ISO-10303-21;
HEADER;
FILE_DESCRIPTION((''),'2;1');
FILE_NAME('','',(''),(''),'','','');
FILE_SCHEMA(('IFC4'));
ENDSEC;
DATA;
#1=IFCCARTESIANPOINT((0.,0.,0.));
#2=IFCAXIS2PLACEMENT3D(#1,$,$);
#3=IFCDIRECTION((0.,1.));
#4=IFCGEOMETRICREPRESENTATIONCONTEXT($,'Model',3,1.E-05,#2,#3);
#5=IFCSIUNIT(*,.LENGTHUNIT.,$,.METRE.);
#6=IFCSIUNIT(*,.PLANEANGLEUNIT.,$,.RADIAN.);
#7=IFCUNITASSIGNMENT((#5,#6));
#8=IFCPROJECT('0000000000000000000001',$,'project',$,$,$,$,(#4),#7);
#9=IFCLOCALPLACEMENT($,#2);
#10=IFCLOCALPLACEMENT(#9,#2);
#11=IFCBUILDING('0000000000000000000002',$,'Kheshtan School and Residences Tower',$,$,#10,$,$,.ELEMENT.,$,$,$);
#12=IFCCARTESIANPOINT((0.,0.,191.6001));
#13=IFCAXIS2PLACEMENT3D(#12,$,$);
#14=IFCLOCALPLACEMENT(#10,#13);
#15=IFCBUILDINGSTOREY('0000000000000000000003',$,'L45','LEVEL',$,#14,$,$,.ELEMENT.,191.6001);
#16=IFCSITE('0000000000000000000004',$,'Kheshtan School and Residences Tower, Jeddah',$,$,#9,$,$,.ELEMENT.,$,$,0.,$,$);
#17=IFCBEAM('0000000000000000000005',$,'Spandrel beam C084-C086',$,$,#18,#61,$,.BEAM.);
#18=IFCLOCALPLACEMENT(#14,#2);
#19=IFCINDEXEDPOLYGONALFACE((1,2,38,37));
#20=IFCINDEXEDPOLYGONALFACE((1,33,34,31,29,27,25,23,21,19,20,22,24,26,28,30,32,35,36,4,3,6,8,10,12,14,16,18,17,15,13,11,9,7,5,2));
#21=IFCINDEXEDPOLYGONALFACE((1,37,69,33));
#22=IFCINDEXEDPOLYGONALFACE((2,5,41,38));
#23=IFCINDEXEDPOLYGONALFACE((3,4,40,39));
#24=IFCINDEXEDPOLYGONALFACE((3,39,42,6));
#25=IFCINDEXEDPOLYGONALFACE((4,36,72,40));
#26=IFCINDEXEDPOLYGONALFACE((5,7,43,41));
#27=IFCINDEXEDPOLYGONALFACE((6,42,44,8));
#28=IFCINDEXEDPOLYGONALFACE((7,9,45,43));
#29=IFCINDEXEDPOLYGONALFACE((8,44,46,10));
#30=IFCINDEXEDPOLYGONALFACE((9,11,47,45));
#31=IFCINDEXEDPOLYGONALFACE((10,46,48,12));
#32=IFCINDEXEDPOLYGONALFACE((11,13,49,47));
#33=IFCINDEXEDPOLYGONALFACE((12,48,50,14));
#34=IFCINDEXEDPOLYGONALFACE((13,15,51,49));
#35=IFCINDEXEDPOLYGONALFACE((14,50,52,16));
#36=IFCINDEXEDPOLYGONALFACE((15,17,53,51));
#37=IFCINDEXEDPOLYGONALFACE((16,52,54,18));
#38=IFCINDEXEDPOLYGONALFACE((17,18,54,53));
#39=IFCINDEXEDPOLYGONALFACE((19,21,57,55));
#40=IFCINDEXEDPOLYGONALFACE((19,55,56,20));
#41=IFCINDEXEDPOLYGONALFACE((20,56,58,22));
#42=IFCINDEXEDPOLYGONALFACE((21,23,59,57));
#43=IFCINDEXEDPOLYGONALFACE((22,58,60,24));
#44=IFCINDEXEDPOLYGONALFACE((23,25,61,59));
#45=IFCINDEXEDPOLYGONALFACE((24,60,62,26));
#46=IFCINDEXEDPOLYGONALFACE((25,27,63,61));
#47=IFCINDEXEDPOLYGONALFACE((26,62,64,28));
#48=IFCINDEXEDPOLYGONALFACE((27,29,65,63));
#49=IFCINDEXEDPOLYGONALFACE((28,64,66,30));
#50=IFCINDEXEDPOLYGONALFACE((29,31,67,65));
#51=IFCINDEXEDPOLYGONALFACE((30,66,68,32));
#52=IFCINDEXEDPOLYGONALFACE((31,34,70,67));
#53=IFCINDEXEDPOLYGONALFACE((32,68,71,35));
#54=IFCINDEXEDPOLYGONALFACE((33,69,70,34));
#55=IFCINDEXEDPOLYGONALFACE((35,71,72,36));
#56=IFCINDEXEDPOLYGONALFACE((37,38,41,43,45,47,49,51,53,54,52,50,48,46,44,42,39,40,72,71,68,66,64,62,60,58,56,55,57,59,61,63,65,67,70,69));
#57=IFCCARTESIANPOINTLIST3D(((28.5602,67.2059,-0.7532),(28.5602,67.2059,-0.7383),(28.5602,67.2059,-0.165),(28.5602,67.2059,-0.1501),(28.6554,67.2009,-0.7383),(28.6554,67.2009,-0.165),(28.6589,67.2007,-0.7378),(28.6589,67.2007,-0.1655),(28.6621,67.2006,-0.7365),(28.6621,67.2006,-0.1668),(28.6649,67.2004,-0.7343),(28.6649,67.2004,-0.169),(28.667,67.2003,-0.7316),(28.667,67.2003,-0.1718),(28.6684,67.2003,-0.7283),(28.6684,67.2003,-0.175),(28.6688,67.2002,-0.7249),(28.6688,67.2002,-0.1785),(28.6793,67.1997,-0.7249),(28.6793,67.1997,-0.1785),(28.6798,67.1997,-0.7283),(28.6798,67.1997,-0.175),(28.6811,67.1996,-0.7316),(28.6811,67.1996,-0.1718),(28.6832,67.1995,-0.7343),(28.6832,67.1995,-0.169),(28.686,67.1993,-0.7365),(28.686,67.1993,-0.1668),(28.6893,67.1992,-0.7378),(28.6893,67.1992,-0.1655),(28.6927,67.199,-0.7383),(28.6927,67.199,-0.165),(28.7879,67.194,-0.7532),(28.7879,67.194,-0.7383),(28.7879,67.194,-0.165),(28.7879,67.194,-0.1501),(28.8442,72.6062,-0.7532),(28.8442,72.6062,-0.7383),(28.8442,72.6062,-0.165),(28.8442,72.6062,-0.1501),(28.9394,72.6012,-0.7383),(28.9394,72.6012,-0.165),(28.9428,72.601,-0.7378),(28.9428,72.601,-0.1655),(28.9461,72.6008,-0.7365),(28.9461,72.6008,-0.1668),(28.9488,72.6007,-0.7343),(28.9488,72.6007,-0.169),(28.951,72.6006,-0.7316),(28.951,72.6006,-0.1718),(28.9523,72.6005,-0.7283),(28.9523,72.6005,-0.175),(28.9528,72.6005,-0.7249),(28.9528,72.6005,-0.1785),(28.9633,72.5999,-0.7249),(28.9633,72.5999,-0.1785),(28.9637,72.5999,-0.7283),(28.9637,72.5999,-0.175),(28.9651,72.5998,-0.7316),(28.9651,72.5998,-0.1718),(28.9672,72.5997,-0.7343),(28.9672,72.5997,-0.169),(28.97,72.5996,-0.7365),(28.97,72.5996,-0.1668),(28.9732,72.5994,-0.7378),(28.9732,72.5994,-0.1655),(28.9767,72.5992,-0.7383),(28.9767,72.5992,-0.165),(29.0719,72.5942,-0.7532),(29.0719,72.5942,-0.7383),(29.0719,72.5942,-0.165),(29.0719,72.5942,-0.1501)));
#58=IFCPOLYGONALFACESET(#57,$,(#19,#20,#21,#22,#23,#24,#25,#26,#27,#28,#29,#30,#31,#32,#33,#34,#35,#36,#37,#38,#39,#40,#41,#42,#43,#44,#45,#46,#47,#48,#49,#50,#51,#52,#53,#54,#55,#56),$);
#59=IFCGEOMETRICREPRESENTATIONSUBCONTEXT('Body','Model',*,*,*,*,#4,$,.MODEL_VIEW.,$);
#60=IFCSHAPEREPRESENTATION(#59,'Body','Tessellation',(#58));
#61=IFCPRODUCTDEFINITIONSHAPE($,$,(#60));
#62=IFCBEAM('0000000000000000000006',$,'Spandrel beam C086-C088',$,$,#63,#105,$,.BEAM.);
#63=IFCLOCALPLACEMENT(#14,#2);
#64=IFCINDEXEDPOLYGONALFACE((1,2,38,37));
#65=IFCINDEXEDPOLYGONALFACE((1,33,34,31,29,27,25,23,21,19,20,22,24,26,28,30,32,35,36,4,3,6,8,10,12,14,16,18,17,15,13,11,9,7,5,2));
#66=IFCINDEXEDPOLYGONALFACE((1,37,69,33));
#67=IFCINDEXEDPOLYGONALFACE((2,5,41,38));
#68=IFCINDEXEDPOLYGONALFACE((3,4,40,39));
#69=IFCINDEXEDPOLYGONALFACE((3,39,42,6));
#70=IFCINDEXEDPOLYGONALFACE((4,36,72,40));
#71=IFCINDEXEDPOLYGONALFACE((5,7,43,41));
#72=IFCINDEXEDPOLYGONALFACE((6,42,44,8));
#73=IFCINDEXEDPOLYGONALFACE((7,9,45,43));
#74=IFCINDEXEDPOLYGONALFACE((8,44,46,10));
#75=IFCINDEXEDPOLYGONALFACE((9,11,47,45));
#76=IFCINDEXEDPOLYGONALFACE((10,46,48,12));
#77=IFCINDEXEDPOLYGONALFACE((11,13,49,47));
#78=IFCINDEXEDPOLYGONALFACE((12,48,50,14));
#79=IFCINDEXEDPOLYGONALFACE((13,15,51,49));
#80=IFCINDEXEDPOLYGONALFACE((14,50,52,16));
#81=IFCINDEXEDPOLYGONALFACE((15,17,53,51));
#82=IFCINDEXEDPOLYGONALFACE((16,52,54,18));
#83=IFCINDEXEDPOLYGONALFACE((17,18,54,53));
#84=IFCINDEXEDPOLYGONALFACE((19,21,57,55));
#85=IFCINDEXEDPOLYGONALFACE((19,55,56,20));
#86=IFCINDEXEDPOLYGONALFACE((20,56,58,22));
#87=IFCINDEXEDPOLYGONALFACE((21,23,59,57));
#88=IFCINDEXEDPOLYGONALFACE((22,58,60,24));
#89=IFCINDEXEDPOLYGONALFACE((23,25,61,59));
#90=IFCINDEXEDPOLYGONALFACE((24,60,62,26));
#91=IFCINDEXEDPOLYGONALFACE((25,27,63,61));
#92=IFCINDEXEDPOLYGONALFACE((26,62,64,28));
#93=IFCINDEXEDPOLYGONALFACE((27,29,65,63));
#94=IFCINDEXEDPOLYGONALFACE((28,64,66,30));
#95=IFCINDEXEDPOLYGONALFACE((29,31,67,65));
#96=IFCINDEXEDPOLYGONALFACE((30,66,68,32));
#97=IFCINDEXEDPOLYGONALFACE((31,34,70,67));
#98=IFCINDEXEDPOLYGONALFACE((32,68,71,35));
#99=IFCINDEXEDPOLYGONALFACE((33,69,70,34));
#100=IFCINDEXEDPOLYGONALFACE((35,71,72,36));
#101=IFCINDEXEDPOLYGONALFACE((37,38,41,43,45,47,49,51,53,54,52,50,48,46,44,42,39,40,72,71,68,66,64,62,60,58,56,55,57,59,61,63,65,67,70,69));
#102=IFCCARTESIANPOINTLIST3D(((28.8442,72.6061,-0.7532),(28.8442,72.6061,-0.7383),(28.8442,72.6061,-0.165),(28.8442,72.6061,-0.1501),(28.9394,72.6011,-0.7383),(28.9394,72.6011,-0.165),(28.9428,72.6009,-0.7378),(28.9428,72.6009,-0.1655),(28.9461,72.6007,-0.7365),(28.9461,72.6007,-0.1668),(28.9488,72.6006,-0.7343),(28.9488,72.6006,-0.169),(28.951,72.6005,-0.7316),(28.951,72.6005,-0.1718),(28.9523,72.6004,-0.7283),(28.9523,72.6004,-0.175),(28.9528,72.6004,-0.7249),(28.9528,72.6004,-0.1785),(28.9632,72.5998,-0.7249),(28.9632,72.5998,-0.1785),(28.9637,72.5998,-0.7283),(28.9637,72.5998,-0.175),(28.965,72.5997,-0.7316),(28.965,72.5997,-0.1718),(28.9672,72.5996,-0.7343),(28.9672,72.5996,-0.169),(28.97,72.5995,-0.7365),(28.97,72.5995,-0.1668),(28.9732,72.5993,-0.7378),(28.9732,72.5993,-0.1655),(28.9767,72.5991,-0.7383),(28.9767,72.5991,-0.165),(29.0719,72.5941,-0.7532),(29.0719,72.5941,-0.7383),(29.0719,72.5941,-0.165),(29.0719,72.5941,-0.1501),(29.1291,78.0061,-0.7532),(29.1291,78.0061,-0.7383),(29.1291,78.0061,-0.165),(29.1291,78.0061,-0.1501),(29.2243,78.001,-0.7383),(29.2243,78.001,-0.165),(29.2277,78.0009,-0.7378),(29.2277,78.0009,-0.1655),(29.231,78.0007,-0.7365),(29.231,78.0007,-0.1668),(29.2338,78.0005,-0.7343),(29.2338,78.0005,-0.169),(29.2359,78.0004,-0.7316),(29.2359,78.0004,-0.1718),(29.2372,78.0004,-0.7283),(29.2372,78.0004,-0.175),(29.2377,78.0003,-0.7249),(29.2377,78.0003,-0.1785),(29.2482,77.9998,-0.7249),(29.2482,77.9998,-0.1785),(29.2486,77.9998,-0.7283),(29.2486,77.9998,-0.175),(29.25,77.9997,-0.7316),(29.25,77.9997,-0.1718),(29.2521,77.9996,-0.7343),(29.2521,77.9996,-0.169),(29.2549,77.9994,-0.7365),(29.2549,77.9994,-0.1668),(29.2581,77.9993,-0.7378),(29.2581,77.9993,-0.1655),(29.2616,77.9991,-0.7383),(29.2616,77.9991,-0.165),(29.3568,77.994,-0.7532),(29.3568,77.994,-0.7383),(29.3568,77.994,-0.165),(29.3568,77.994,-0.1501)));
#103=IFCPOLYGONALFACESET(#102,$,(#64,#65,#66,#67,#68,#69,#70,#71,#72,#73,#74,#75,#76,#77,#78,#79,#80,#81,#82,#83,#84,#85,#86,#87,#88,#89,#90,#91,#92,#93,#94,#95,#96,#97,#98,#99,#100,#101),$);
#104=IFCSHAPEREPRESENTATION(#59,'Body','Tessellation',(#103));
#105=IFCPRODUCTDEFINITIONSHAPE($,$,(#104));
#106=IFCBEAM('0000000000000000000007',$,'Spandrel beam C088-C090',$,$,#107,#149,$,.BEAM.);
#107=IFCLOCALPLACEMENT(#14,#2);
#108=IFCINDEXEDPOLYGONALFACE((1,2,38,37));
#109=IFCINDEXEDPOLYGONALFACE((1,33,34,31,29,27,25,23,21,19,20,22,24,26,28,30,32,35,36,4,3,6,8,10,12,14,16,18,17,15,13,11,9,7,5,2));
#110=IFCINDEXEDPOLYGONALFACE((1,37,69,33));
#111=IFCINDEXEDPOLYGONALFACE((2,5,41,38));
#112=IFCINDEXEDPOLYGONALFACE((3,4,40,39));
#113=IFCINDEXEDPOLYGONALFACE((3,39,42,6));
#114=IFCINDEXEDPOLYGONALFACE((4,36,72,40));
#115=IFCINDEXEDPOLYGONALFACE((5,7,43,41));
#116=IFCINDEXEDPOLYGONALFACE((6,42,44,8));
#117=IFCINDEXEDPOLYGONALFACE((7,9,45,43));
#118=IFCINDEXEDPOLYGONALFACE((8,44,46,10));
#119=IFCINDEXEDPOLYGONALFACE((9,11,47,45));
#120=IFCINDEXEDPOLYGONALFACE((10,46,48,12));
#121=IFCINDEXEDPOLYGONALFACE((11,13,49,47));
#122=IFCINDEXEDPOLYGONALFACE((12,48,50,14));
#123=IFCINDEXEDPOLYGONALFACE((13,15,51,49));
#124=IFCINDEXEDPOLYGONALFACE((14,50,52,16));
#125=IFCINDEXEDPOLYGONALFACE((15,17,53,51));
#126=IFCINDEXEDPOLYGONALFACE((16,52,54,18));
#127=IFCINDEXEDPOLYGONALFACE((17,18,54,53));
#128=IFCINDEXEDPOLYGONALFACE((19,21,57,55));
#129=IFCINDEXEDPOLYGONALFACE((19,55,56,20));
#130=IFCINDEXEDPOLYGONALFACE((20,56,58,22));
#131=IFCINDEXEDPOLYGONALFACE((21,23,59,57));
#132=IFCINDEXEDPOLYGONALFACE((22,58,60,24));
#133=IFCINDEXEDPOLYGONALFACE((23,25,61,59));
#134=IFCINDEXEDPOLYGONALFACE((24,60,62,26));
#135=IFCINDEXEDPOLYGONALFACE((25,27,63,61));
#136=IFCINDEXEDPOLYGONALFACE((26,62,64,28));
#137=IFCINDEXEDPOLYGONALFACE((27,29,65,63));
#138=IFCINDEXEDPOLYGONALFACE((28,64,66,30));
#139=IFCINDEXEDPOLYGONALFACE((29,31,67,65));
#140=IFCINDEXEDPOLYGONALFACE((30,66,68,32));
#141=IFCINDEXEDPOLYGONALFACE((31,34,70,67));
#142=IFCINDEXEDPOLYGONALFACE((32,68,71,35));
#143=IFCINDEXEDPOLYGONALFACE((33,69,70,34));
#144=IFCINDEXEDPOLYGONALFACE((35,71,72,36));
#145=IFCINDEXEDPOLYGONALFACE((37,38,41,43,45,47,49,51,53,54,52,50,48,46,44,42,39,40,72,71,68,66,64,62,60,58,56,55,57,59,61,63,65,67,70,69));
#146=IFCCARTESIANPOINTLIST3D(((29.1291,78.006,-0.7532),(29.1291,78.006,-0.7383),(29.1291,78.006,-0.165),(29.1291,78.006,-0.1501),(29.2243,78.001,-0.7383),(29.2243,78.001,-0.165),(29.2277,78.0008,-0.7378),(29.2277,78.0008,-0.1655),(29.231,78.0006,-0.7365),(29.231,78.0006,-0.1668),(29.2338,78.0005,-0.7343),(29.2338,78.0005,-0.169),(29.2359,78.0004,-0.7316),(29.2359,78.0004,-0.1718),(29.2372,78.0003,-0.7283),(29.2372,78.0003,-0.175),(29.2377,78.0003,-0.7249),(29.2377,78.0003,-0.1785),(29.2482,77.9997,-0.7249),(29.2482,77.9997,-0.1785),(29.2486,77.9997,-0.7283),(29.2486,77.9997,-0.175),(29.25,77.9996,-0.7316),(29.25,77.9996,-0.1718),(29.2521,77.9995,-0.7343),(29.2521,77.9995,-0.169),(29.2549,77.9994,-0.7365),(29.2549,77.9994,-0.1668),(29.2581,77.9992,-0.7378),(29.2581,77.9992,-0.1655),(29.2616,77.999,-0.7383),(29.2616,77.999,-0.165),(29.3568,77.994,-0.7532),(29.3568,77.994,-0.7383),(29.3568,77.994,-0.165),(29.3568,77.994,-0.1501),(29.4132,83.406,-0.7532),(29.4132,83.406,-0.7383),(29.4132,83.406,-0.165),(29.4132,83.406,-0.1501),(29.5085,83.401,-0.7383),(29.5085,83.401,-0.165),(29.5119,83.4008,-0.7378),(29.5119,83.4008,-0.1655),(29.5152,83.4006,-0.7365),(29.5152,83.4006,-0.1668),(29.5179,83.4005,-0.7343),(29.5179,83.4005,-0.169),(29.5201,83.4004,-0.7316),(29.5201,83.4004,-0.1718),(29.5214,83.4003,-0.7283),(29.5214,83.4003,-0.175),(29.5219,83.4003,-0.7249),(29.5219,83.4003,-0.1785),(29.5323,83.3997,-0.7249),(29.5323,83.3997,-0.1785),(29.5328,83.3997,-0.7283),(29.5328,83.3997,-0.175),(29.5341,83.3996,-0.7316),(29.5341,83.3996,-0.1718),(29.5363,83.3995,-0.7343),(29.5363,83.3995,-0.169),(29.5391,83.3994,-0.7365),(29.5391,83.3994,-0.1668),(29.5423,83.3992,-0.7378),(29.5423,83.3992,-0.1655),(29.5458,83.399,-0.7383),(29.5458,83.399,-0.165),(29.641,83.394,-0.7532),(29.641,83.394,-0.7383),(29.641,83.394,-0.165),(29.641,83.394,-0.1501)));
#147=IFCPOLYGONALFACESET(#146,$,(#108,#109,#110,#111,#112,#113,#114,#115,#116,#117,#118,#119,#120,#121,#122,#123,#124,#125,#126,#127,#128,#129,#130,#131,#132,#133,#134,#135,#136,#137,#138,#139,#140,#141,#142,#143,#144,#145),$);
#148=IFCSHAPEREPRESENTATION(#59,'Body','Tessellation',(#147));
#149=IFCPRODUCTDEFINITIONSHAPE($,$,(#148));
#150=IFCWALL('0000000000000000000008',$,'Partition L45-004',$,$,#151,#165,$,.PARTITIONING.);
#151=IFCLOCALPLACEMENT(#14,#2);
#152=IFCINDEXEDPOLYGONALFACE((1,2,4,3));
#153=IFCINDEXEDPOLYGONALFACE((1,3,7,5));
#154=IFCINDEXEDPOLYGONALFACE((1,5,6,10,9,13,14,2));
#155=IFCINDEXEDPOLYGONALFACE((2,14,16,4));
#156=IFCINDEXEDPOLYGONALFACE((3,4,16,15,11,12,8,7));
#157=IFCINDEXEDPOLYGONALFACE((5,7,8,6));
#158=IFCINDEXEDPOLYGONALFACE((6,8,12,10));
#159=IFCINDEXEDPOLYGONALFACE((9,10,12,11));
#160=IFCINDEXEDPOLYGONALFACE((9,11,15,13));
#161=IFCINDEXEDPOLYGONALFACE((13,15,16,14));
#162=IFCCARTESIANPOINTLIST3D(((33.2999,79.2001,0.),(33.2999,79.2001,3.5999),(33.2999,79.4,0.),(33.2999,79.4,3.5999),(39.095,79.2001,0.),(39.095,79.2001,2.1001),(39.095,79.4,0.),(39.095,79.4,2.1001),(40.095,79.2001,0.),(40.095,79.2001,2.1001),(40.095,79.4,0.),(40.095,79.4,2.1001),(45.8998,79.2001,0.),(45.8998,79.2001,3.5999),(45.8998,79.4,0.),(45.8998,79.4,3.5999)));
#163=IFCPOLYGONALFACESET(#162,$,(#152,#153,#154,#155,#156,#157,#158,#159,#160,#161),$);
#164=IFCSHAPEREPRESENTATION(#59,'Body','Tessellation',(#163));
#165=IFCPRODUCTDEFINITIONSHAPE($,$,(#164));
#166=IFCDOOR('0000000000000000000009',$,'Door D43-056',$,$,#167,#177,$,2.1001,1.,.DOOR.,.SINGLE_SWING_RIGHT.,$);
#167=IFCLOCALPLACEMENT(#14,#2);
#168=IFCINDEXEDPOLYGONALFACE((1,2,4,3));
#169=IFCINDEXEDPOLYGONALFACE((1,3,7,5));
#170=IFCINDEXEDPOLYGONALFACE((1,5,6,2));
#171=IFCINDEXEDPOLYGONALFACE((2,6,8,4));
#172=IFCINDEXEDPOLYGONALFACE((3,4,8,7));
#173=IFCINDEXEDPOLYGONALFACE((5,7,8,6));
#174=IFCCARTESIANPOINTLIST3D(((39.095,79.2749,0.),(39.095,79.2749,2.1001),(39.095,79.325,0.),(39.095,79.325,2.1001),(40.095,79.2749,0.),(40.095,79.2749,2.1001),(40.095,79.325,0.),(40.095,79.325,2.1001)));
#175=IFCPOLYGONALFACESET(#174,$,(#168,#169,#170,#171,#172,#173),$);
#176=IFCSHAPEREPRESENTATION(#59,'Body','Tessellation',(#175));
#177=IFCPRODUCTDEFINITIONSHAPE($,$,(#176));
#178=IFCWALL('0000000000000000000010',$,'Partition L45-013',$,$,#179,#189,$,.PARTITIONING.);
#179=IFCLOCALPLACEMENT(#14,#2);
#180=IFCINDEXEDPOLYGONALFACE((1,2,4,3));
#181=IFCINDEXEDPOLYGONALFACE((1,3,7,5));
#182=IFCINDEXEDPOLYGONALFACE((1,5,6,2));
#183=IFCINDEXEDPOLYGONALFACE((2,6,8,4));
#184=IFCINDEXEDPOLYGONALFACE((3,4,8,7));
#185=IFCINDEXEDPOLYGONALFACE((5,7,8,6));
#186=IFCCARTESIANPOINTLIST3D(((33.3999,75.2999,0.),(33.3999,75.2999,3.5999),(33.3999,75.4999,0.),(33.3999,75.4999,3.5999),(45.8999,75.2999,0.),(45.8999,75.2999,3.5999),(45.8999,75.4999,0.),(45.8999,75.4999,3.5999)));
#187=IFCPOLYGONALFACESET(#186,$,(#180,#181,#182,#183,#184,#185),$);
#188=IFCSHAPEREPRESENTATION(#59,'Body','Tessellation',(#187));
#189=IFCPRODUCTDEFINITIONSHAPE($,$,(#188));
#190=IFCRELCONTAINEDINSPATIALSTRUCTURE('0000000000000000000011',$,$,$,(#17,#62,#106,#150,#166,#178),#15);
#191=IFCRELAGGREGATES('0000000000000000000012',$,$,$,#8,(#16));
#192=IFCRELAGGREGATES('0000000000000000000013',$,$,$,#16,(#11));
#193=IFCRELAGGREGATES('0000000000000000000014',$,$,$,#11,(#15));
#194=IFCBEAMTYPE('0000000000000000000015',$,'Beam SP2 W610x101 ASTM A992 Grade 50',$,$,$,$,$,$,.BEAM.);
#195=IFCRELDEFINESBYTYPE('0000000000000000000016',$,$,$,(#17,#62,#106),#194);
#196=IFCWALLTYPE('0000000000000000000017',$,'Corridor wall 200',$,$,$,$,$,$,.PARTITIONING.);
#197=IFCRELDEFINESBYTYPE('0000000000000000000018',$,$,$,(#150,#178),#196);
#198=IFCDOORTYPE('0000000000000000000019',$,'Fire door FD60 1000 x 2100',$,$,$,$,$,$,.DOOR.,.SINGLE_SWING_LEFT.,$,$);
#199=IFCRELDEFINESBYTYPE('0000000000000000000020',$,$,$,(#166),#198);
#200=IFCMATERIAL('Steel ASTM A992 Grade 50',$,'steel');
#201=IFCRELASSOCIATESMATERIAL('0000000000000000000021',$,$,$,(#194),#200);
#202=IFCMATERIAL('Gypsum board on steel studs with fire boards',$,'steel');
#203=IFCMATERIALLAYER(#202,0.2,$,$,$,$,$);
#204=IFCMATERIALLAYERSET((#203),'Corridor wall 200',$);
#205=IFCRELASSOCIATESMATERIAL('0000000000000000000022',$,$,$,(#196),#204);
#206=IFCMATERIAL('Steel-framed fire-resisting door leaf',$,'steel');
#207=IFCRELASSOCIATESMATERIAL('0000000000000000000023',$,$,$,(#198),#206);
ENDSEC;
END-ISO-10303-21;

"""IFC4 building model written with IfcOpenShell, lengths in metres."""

from ifc_helpers import new_model, si_unit, direction, frame, frame_2d, origin, origin_2d, place, context, subcontext, project, spatial, rectangle, i_section, extrude, source, transform, mapped, material, layer, layer_set, material_profile, profile_set, type_object, element, fill, save


model = new_model("IFC4")

# Units and contexts
model_context = context("Model", 3, precision=1e-05, world=origin(), true_north=direction((0.0, 1.0)))
body_context = subcontext(model_context, "Body", "Model", "MODEL_VIEW")
ifc_project = project(units=[si_unit("LENGTHUNIT", "METRE"), si_unit("PLANEANGLEUNIT", "RADIAN")], contexts=[model_context])

# Site, building, storey
site_placement = place(None, origin())
site = spatial("IfcSite", under=ifc_project, at=site_placement, Name="Kheshtan School and Residences Tower, Jeddah", CompositionType="ELEMENT", RefElevation=0.0)
building_placement = place(site_placement, origin())
building = spatial("IfcBuilding", under=site, at=building_placement, Name="Kheshtan School and Residences Tower", CompositionType="ELEMENT")
storey_placement = place(building_placement, frame((0.0, 0.0, 191.6001)))
storey = spatial("IfcBuildingStorey", under=building, at=storey_placement, Name="L45", Description="LEVEL", CompositionType="ELEMENT", Elevation=191.6001)

# Shared definitions
ifc_material_1 = material(Name="Steel ASTM A992 Grade 50", Category="steel")

# Beams
ifc_material_profile_1 = material_profile(ifc_material_1, i_section(OverallWidth=0.228, OverallDepth=0.603, WebThickness=0.0105, FlangeThickness=0.0149, FilletRadius=0.0134, at=origin_2d()), Name="W610x101")
ifc_profile_set_1 = profile_set([ifc_material_profile_1], Name="Steel ASTM A992 Grade 50")
beam_type_1 = type_object("IfcBeamType", Name="Beam SP2 W610x101 ASTM A992 Grade 50", PredefinedType="BEAM", material=ifc_profile_set_1)
beam_1_placement = place(storey_placement, frame((28.6741, 67.2, -0.4517), z_axis=(0.052507, 0.998621, 0.0), x_axis=(-0.998621, 0.052507, 0.0)))
element("IfcBeam", 1, at=beam_1_placement, inside=storey, type_object=beam_type_1, Name="Spandrel beam C084-C086", PredefinedType="BEAM", context=body_context, shape_type="SweptSolid", body=[
    extrude(i_section(OverallWidth=0.228, OverallDepth=0.603, WebThickness=0.0105, FlangeThickness=0.0149, FilletRadius=0.0134, at=origin_2d()), origin(), (0.0, 0.0, 1.0), 5.4077),
])
for number, where, z_axis, x_axis, name in (
    (2, (28.958, 72.6001, -0.4517), (0.052689, 0.998611, 0.0), (-0.998611, 0.052689, 0.0), "Spandrel beam C086-C088"),
    (3, (29.2429, 78.0, -0.4517), (0.052554, 0.998618, 0.0), (-0.998618, 0.052554, 0.0), "Spandrel beam C088-C090"),
):
    element("IfcBeam", number, at=place(storey_placement, frame(where, z_axis=z_axis, x_axis=x_axis)), inside=storey, type_object=beam_type_1, Name=name, PredefinedType="BEAM", context=body_context, shape_type="SweptSolid", body=[
        extrude(i_section(OverallWidth=0.228, OverallDepth=0.603, WebThickness=0.0105, FlangeThickness=0.0149, FilletRadius=0.0134, at=origin_2d()), origin(), (0.0, 0.0, 1.0), 5.4075),
    ])

# Wall, opening, door
ifc_material_2 = material(Name="Gypsum board on steel studs with fire boards", Category="steel")
ifc_layer_1 = layer(ifc_material_2, 0.2)
ifc_layer_set_1 = layer_set([ifc_layer_1], Name="Corridor wall 200")
wall_type_1 = type_object("IfcWallType", Name="Corridor wall 200", PredefinedType="PARTITIONING", material=ifc_layer_set_1)
wall_1_placement = place(storey_placement, frame((33.3, 79.3, 0.0), z_axis=(0.0, 0.0, 1.0), x_axis=(1.0, 0.0, 0.0)))
wall_1 = element("IfcWall", 4, at=wall_1_placement, inside=storey, type_object=wall_type_1, Name="Partition L45-004", PredefinedType="PARTITIONING", context=body_context, shape_type="SweptSolid", body=[
    extrude(rectangle(XDim=12.5999, YDim=0.2, at=frame_2d((6.2998, 0.0))), origin(), (0.0, 0.0, 1.0), 3.5999),
])
opening_1_placement = place(wall_1_placement, frame((5.7949, 0.0, 0.0)))
opening_1 = element("IfcOpeningElement", 5, at=opening_1_placement, cuts=wall_1, PredefinedType="OPENING", context=body_context, shape_type="SweptSolid", body=[
    extrude(rectangle(XDim=1.0, YDim=2.1001, at=frame_2d((0.5, 1.05))), frame((0.0, 0.1099, 0.0), z_axis=(0.0, -1.0, 0.0), x_axis=(1.0, 0.0, 0.0)), (0.0, 0.0, 1.0), 0.22),
])
ifc_material_3 = material(Name="Steel-framed fire-resisting door leaf", Category="steel")
door_type_1 = type_object("IfcDoorType", Name="Fire door FD60 1000 x 2100", OperationType="SINGLE_SWING_LEFT", PredefinedType="DOOR", material=ifc_material_3)
shared_shape_1 = source(origin(), body_context, "Body", "SweptSolid", [
    extrude(rectangle(XDim=1.0, YDim=2.1001, at=frame_2d((0.5, 1.05))), frame((0.0, 0.0249, 0.0), z_axis=(0.0, -1.0, 0.0), x_axis=(1.0, 0.0, 0.0)), (0.0, 0.0, 1.0), 0.05),
])
door_1_placement = place(opening_1_placement, origin())
door_1 = element("IfcDoor", 6, at=door_1_placement, inside=storey, type_object=door_type_1, Name="Door D43-056", OperationType="SINGLE_SWING_RIGHT", OverallHeight=2.1001, OverallWidth=1.0, PredefinedType="DOOR", context=body_context, shape_type="MappedRepresentation", body=[
    mapped(shared_shape_1, transform((0.0, 0.0, 0.0), x_axis=(1.0, 0.0, 0.0), y_axis=(0.0, 1.0, 0.0), z_axis=(0.0, 0.0, 1.0), scale=1.0)),
])
fill(opening_1, door_1)

# Wall
wall_2_placement = place(storey_placement, frame((33.3999, 75.3999, 0.0), z_axis=(0.0, 0.0, 1.0), x_axis=(1.0, 0.0, 0.0)))
element("IfcWall", 7, at=wall_2_placement, inside=storey, type_object=wall_type_1, Name="Partition L45-013", PredefinedType="PARTITIONING", context=body_context, shape_type="SweptSolid", body=[
    extrude(rectangle(XDim=12.5, YDim=0.2, at=frame_2d((6.25, 0.0))), origin(), (0.0, 0.0, 1.0), 3.5999),
])

save(model, "model.ifc")
